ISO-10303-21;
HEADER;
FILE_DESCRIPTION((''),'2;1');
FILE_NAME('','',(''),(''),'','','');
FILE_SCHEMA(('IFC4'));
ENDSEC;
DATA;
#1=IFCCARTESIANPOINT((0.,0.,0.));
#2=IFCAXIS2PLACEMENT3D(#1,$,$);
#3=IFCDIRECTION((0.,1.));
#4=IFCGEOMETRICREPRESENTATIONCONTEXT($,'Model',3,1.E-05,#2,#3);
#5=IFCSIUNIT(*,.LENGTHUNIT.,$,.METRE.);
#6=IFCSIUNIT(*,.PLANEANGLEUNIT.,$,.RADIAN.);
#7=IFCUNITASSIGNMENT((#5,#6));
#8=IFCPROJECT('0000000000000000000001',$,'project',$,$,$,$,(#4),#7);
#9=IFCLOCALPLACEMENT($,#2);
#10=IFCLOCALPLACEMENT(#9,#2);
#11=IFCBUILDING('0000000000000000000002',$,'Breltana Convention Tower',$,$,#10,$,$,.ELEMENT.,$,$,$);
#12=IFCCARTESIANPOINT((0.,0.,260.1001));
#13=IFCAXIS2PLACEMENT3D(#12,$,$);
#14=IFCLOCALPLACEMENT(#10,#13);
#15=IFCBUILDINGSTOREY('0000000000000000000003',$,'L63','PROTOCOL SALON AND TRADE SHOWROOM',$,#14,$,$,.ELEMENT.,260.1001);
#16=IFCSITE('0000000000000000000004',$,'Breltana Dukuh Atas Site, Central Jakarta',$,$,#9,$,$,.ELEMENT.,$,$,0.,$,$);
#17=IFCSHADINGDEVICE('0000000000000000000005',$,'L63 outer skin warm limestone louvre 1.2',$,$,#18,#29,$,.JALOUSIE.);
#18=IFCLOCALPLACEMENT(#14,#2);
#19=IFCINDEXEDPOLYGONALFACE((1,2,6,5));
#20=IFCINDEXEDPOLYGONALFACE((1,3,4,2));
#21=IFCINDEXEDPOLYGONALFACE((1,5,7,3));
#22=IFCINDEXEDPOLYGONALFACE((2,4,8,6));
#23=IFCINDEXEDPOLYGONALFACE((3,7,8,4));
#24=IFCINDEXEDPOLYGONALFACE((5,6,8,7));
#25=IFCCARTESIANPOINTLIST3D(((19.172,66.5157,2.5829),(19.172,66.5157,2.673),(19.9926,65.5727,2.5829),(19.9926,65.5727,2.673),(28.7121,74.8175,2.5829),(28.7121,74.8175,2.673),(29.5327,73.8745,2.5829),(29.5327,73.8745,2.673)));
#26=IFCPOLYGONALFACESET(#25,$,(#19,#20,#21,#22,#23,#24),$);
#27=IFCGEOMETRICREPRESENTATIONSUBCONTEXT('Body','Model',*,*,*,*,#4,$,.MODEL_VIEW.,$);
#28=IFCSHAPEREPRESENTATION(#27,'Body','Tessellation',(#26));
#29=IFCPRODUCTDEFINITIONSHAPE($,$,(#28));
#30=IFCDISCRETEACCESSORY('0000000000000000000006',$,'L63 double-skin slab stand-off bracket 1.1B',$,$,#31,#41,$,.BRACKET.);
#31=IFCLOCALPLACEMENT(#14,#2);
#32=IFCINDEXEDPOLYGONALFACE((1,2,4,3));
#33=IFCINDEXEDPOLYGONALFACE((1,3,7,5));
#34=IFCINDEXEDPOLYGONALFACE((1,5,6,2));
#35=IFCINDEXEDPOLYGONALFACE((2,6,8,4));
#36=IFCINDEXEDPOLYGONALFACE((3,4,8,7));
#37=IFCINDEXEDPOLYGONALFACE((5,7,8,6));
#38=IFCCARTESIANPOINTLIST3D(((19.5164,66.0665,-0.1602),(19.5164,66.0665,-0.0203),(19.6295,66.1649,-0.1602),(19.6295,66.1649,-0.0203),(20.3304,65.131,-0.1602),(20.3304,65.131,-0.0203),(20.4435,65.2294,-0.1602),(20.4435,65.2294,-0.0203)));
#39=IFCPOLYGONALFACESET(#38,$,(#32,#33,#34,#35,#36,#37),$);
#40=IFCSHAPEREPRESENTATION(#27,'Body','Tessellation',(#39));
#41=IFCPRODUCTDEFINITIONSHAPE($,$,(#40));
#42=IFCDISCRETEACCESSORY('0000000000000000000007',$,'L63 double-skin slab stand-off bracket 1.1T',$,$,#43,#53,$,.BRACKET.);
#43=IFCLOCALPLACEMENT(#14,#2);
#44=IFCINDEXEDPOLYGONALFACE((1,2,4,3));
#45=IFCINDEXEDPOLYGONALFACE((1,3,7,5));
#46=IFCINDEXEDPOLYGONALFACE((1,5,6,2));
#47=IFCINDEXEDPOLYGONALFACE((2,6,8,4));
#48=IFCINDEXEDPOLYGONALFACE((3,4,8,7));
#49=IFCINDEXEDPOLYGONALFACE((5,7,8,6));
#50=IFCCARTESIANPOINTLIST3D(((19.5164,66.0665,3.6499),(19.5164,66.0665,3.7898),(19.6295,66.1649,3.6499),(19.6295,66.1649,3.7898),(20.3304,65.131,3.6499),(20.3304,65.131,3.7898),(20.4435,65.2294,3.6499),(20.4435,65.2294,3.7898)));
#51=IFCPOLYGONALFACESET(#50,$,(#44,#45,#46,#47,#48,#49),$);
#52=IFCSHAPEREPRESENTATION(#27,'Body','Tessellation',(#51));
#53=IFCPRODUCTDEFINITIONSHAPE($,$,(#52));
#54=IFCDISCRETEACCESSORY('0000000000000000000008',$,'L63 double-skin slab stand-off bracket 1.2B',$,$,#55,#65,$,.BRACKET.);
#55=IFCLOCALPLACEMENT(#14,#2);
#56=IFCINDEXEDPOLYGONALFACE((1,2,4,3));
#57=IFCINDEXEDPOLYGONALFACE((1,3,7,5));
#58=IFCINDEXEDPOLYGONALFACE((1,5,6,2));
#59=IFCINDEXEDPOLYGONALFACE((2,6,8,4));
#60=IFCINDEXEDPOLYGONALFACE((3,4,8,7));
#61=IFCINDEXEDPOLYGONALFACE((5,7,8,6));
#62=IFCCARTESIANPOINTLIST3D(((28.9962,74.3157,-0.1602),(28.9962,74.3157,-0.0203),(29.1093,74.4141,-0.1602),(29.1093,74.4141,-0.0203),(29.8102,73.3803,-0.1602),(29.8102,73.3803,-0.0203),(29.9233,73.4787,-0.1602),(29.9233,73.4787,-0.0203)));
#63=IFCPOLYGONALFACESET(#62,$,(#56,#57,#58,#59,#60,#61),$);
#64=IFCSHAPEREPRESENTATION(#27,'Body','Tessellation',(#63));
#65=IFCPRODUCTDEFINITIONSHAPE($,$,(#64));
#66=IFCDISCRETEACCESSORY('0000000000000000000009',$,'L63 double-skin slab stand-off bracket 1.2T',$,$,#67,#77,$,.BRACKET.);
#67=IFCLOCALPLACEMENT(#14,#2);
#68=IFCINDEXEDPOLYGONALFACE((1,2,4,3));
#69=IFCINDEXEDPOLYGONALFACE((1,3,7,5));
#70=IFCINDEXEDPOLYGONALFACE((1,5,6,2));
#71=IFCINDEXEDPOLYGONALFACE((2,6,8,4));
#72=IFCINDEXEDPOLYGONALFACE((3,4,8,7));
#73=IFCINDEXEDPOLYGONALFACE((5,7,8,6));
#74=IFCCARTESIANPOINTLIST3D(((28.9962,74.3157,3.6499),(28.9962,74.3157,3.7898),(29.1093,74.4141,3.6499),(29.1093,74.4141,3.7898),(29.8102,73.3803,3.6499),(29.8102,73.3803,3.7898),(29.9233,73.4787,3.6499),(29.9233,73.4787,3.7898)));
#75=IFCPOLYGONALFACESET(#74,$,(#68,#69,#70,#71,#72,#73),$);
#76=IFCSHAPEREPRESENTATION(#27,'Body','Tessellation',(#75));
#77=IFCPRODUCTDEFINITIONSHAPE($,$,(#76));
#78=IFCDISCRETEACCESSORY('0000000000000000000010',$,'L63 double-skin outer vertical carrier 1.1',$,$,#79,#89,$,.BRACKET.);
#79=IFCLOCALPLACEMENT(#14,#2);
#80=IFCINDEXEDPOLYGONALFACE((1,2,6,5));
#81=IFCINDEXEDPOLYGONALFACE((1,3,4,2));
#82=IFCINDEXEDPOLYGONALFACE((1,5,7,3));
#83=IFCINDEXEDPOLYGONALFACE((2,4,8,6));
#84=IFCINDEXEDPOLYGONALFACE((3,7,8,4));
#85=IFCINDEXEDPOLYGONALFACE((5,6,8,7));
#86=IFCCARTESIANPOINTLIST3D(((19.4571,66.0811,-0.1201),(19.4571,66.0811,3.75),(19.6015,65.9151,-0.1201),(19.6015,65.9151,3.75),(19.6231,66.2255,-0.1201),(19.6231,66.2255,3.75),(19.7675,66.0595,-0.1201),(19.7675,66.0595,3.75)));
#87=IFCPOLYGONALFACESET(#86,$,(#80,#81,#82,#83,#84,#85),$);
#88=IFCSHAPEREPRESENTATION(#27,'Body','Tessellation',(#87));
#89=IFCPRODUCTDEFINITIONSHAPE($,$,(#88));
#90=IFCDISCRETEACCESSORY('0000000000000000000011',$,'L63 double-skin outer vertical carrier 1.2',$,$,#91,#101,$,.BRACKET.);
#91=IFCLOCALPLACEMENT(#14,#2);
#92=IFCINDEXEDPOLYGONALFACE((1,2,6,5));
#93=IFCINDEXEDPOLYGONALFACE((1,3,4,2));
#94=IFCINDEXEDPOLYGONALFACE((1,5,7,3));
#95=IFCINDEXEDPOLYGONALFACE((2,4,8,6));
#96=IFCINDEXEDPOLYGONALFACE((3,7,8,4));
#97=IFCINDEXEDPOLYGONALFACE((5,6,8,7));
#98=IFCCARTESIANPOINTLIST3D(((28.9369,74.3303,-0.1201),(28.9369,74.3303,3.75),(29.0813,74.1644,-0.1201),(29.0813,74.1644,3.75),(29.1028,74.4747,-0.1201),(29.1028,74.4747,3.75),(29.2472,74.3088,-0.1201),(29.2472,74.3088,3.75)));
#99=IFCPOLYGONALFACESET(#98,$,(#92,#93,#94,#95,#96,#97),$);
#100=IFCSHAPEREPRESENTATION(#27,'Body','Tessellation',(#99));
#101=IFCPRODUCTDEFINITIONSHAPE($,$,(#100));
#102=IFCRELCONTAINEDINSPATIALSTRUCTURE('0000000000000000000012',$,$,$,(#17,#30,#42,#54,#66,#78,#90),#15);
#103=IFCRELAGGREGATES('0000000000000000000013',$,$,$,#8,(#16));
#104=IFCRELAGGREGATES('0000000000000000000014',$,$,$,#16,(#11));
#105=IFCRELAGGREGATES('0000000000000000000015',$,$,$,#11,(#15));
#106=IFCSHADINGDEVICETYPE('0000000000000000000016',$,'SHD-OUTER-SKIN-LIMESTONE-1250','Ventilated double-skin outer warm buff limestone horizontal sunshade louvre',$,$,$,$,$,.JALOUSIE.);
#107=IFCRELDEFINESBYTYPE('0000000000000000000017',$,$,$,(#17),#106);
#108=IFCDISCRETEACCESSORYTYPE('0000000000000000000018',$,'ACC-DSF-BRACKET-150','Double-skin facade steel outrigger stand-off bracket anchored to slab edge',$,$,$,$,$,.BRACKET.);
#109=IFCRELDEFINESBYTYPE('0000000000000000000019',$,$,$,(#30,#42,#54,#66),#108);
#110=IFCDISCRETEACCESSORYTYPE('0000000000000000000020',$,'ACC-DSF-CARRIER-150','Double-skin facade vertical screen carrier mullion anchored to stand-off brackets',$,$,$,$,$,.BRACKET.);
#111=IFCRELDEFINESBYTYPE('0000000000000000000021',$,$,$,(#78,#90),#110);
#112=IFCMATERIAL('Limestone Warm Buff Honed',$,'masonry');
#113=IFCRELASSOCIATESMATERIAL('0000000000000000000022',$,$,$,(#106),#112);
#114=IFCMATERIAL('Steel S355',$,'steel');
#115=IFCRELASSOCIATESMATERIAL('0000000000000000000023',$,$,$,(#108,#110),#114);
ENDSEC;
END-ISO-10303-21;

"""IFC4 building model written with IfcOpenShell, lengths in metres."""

from ifc_helpers import new_model, si_unit, direction, frame, origin, origin_2d, place, context, subcontext, project, spatial, rectangle, extrude, source, transform, mapped, material, material_profile, profile_set, type_object, type_shapes, element, save


model = new_model("IFC4")

# Units and contexts
model_context = context("Model", 3, precision=1e-05, world=origin(), true_north=direction((0.0, 1.0)))
body_context = subcontext(model_context, "Body", "Model", "MODEL_VIEW")
ifc_project = project(units=[si_unit("LENGTHUNIT", "METRE"), si_unit("PLANEANGLEUNIT", "RADIAN")], contexts=[model_context])

# Site, building, storey
site_placement = place(None, origin())
site = spatial("IfcSite", under=ifc_project, at=site_placement, Name="Breltana Dukuh Atas Site, Central Jakarta", CompositionType="ELEMENT", RefElevation=0.0)
building_placement = place(site_placement, origin())
building = spatial("IfcBuilding", under=site, at=building_placement, Name="Breltana Convention Tower", CompositionType="ELEMENT")
storey_placement = place(building_placement, frame((0.0, 0.0, 260.1001)))
storey = spatial("IfcBuildingStorey", under=building, at=storey_placement, Name="L63", Description="PROTOCOL SALON AND TRADE SHOWROOM", CompositionType="ELEMENT", Elevation=260.1001)

# Shading device
ifc_material_1 = material(Name="Limestone Warm Buff Honed", Category="masonry")
ifc_material_profile_1 = material_profile(ifc_material_1, rectangle(XDim=1.25, YDim=0.0901, at=origin_2d()), Name="STN-LVR-1250X90")
ifc_profile_set_1 = profile_set([ifc_material_profile_1], Name="Limestone Warm Buff Honed")
shading_device_type = type_object("IfcShadingDeviceType", Name="SHD-OUTER-SKIN-LIMESTONE-1250", Description="Ventilated double-skin outer warm buff limestone horizontal sunshade louvre", PredefinedType="JALOUSIE", material=ifc_profile_set_1)
shared_shape_1 = source(origin(), body_context, "Body", "SweptSolid", [
    extrude(rectangle(XDim=1.25, YDim=0.0901, at=origin_2d()), origin(), (0.0, 0.0, 1.0), 12.6465),
])
for number, where, z_axis, x_axis, name in (
    (1, (19.5823, 66.0442, 2.6279), (0.754368, 0.656452, 0.0), (-0.656452, 0.754368, 0.0), "L63 outer skin warm limestone louvre 1.2"),
):
    element("IfcShadingDevice", number, at=place(storey_placement, frame(where, z_axis=z_axis, x_axis=x_axis)), inside=storey, type_object=shading_device_type, Name=name, PredefinedType="JALOUSIE", context=body_context, shape_type="MappedRepresentation", body=[
        mapped(shared_shape_1, transform((0.0, 0.0, 0.0), scale=1.0)),
    ])

# Discrete accessories
ifc_material_2 = material(Name="Steel S355", Category="steel")
discrete_accessory_type_1 = type_object("IfcDiscreteAccessoryType", Name="ACC-DSF-BRACKET-150", Description="Double-skin facade steel outrigger stand-off bracket anchored to slab edge", PredefinedType="BRACKET", material=ifc_material_2)
shared_shape_2 = source(origin(), body_context, "Body", "SweptSolid", [
    extrude(rectangle(XDim=1.24, YDim=0.1499, at=origin_2d()), origin(), (0.0, 0.0, 1.0), 0.1399),
])
type_shapes(discrete_accessory_type_1, [shared_shape_2])
for number, where, z_axis, x_axis, name in (
    (2, (19.98, 65.6479, -0.1602), (0.0, 0.0, 1.0), (-0.656454, 0.754366, 0.0), "L63 double-skin slab stand-off bracket 1.1B"),
    (3, (19.98, 65.6479, 3.6499), (0.0, 0.0, 1.0), (-0.656454, 0.754366, 0.0), "L63 double-skin slab stand-off bracket 1.1T"),
    (4, (29.4597, 73.8972, -0.1602), (0.0, 0.0, 1.0), (-0.656454, 0.754366, 0.0), "L63 double-skin slab stand-off bracket 1.2B"),
    (5, (29.4597, 73.8972, 3.6499), (0.0, 0.0, 1.0), (-0.656454, 0.754366, 0.0), "L63 double-skin slab stand-off bracket 1.2T"),
):
    element("IfcDiscreteAccessory", number, at=place(storey_placement, frame(where, z_axis=z_axis, x_axis=x_axis)), inside=storey, type_object=discrete_accessory_type_1, Name=name, PredefinedType="BRACKET", context=body_context, shape_type="MappedRepresentation", body=[
        mapped(shared_shape_2, transform((0.0, 0.0, 0.0), scale=1.0)),
    ])
discrete_accessory_type_2 = type_object("IfcDiscreteAccessoryType", Name="ACC-DSF-CARRIER-150", Description="Double-skin facade vertical screen carrier mullion anchored to stand-off brackets", PredefinedType="BRACKET", material=ifc_material_2)
shared_shape_3 = source(origin(), body_context, "Body", "SweptSolid", [
    extrude(rectangle(XDim=0.22, YDim=0.22, at=origin_2d()), origin(), (0.0, 0.0, 1.0), 3.8701),
])
for number, where, z_axis, x_axis, name in (
    (6, (19.6123, 66.0703, -0.1201), (0.0, 0.0, 1.0), (-0.656454, 0.754366, 0.0), "L63 double-skin outer vertical carrier 1.1"),
    (7, (29.092, 74.3196, -0.1201), (0.0, 0.0, 1.0), (-0.656454, 0.754366, 0.0), "L63 double-skin outer vertical carrier 1.2"),
):
    element("IfcDiscreteAccessory", number, at=place(storey_placement, frame(where, z_axis=z_axis, x_axis=x_axis)), inside=storey, type_object=discrete_accessory_type_2, Name=name, PredefinedType="BRACKET", context=body_context, shape_type="MappedRepresentation", body=[
        mapped(shared_shape_3, transform((0.0, 0.0, 0.0), scale=1.0)),
    ])

save(model, "model.ifc")
